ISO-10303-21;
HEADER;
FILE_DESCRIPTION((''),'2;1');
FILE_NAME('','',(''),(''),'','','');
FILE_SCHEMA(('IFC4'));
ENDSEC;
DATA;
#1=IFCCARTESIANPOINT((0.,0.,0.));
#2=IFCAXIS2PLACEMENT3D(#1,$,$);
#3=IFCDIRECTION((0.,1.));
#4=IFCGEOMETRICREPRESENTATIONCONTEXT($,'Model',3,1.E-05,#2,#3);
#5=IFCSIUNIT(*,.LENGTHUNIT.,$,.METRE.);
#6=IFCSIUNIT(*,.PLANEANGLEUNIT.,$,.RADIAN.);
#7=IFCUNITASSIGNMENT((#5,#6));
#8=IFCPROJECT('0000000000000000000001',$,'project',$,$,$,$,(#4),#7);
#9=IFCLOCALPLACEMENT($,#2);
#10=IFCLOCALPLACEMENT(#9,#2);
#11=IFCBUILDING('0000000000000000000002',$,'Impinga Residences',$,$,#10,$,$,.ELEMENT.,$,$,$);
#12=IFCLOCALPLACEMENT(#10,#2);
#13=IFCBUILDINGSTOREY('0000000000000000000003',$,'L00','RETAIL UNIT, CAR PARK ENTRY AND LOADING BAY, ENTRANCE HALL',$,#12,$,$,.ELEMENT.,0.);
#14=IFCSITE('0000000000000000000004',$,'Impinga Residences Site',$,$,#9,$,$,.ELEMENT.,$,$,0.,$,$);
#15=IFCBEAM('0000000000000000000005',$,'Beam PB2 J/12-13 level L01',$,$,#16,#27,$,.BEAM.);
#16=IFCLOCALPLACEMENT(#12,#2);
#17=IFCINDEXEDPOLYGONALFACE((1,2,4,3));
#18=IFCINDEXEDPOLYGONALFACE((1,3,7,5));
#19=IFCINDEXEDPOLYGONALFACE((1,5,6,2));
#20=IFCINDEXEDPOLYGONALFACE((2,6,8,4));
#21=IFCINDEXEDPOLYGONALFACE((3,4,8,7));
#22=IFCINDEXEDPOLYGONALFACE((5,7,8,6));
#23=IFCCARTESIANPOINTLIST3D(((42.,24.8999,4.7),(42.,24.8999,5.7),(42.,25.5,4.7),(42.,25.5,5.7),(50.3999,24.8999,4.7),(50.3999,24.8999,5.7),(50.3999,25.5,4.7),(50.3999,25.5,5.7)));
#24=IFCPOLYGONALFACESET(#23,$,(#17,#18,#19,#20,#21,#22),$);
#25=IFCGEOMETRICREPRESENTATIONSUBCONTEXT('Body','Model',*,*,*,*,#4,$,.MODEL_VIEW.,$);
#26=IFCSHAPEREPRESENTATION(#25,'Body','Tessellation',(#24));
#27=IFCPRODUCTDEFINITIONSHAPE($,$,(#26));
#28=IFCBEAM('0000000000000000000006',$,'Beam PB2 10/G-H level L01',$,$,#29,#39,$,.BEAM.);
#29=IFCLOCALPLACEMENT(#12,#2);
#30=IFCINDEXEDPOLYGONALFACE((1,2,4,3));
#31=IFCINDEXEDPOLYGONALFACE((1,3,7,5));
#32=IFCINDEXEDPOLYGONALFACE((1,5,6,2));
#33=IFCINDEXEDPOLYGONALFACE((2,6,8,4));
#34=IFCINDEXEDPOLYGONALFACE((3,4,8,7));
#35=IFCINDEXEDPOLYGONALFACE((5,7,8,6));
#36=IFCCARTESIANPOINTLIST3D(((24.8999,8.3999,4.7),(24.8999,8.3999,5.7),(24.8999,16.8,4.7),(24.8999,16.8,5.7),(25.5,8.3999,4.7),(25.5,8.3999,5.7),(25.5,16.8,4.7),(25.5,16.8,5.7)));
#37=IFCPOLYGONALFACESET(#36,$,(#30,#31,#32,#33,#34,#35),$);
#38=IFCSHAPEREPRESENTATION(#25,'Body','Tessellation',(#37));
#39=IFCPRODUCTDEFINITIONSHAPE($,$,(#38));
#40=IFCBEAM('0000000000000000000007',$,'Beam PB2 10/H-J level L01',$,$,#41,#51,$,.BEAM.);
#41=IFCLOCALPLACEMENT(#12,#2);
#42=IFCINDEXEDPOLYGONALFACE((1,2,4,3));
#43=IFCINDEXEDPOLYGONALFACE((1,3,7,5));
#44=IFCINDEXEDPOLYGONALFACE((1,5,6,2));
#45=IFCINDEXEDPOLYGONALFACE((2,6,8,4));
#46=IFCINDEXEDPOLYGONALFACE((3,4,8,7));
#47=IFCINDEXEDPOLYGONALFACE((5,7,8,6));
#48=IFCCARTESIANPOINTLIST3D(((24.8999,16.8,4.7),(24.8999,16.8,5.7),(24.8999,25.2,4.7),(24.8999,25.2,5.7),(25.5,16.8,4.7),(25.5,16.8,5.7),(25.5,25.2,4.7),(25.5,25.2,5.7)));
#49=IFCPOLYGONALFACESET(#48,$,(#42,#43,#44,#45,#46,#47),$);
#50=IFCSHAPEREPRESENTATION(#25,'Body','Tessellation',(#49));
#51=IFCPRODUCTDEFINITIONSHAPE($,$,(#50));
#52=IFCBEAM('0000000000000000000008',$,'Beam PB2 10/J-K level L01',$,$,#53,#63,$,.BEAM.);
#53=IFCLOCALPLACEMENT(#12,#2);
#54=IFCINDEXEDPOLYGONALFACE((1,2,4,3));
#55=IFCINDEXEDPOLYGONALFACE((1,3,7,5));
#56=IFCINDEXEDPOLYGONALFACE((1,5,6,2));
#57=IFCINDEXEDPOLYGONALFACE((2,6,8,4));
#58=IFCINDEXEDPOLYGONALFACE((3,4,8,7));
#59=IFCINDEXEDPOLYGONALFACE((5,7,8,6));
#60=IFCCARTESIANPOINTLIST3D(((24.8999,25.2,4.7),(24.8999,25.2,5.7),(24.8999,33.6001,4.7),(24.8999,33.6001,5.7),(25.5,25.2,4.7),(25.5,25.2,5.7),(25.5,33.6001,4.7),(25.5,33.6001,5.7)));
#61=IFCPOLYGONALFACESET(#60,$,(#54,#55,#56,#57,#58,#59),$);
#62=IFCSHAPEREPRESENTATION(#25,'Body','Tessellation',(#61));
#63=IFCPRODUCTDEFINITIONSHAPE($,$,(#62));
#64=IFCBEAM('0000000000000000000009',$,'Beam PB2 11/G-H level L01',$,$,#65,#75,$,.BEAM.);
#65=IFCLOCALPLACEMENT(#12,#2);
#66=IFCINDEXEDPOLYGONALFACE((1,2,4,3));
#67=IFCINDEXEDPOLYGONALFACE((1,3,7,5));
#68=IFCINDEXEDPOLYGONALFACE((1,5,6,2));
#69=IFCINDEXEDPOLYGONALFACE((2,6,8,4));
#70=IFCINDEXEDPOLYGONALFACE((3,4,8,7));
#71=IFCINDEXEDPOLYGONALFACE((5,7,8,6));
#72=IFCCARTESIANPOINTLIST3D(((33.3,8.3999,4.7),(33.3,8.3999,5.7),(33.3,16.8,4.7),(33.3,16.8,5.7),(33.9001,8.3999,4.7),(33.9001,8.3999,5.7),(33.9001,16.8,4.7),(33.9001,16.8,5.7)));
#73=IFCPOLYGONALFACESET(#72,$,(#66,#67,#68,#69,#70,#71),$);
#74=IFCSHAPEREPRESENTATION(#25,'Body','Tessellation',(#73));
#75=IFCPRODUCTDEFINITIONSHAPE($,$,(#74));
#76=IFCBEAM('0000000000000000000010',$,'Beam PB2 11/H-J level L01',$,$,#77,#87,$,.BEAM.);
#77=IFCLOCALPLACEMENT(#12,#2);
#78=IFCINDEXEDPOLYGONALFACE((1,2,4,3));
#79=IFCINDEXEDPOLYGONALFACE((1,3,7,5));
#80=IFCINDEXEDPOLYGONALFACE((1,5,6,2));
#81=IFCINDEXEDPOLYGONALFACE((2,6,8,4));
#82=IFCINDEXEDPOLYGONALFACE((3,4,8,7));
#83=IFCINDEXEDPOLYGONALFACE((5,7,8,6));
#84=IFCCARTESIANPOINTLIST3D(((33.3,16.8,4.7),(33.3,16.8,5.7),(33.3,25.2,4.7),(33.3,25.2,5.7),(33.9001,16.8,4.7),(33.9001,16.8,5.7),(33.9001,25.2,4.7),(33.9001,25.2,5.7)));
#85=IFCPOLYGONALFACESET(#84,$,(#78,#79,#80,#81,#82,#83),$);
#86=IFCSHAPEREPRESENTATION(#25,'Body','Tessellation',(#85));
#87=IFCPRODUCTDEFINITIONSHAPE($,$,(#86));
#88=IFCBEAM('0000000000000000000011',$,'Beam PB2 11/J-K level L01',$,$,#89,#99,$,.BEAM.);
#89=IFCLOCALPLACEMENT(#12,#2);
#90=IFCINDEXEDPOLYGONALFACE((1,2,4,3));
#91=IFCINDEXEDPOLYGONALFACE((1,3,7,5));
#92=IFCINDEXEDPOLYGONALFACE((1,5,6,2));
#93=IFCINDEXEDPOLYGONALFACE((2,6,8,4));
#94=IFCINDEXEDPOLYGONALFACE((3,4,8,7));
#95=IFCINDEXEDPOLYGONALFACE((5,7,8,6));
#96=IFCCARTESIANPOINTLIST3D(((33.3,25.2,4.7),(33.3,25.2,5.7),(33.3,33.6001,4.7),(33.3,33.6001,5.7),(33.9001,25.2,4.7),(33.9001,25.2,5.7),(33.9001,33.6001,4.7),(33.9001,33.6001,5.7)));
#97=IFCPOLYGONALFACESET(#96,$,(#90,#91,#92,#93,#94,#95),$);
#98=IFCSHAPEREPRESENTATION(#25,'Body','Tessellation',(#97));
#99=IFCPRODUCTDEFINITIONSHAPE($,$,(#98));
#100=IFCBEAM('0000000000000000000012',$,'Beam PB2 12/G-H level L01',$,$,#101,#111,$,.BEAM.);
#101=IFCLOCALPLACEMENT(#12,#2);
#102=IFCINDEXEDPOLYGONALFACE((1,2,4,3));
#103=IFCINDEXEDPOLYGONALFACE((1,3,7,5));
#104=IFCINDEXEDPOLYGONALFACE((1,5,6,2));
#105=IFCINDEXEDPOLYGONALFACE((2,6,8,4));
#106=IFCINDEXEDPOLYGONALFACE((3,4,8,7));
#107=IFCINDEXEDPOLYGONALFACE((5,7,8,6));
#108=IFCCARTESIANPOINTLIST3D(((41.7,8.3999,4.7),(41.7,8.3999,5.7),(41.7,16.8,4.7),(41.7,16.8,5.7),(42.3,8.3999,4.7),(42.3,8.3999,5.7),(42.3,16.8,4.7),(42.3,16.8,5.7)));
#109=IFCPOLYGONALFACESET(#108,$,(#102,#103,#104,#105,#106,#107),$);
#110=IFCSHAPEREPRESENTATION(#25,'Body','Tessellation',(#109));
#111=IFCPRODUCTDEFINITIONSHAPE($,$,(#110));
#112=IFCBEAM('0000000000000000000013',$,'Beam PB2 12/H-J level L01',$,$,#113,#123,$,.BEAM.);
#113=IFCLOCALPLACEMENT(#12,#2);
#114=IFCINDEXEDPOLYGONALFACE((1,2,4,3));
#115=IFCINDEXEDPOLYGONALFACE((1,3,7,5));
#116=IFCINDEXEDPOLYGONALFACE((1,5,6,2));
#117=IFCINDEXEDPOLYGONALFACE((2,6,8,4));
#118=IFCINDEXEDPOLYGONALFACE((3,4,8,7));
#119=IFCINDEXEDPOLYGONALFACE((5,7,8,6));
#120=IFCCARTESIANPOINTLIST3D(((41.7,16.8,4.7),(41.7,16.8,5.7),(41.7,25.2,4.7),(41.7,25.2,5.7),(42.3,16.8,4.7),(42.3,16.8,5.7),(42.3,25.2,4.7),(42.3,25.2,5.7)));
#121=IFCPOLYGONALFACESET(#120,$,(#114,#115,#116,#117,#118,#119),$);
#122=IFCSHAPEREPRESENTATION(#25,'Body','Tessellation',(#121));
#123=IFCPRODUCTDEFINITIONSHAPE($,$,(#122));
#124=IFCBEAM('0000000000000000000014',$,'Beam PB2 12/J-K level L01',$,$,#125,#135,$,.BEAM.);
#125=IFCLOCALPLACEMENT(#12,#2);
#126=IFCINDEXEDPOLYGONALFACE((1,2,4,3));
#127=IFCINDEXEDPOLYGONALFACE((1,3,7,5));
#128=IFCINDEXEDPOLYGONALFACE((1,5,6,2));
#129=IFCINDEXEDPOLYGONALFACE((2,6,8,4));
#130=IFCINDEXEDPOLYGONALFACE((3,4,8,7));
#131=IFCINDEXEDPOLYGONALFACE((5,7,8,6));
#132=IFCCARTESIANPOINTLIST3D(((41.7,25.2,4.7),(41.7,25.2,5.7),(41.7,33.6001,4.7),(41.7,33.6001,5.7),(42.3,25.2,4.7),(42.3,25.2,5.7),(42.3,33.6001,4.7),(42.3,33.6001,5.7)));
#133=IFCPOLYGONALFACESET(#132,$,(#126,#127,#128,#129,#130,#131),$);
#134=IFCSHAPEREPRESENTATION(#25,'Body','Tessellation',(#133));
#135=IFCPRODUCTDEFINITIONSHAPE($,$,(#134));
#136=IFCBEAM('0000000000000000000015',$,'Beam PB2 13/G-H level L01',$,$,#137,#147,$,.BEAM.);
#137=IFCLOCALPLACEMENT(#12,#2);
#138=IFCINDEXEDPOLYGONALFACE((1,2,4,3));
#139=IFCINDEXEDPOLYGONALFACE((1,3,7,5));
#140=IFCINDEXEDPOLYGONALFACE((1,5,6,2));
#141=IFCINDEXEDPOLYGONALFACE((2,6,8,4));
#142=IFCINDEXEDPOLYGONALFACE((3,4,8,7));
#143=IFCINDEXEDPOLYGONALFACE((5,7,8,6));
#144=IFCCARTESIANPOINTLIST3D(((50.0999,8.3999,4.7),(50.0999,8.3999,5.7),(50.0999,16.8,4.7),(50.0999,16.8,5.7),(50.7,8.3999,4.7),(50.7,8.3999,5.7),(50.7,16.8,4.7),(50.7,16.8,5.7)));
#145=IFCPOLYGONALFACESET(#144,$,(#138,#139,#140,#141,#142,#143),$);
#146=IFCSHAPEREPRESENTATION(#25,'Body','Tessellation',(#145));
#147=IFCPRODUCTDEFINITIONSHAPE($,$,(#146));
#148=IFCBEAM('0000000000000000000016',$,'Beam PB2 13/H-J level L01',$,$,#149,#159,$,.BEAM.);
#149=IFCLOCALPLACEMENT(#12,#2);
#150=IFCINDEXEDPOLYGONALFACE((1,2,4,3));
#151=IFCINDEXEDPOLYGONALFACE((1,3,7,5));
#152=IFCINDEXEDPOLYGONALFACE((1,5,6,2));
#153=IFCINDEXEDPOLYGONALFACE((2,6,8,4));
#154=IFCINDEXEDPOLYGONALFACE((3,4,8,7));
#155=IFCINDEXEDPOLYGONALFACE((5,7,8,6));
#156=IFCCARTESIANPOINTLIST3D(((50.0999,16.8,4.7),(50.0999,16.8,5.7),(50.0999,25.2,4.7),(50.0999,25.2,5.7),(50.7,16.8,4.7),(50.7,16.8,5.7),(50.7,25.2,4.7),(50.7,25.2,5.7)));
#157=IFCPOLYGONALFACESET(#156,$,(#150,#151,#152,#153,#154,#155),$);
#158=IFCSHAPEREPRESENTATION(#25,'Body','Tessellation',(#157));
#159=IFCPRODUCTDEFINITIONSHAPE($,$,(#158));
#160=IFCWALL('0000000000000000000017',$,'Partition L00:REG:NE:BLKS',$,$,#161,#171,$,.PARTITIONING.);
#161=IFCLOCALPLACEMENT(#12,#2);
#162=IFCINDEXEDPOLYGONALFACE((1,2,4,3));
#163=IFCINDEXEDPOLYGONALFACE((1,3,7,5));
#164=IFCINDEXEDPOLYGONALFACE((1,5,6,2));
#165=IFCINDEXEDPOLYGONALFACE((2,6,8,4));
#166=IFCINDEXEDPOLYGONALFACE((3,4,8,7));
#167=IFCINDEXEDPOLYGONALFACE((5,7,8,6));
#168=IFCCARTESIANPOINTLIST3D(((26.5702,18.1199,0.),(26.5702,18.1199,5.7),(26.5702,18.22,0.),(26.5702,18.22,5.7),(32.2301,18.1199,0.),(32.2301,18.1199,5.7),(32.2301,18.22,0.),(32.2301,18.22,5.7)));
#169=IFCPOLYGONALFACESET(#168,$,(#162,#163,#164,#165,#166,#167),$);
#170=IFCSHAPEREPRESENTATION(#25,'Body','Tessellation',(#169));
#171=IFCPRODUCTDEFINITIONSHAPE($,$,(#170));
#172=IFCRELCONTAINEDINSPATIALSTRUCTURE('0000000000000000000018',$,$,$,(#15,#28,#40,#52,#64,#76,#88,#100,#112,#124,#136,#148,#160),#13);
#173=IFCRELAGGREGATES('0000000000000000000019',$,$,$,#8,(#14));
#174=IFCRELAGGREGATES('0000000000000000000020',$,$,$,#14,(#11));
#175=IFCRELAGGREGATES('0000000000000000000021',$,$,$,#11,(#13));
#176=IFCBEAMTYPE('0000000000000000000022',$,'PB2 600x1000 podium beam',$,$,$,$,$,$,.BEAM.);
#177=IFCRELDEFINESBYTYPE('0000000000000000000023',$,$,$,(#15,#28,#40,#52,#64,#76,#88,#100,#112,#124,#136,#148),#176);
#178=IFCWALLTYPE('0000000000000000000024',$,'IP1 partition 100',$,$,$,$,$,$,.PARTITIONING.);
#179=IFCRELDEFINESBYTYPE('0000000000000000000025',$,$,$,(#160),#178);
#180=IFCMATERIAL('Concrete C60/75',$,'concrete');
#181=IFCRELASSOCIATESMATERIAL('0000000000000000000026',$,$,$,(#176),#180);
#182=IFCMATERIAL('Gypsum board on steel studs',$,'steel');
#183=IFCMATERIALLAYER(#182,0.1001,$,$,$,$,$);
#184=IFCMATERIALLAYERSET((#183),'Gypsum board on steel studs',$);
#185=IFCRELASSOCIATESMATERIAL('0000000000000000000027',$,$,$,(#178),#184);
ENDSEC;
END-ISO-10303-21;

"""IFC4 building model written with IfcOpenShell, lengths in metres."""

from ifc_helpers import new_model, si_unit, direction, frame, frame_2d, origin, origin_2d, place, context, subcontext, project, spatial, rectangle, extrude, material, layer, layer_set, material_profile, profile_set, type_object, element, save


model = new_model("IFC4")

# Units and contexts
model_context = context("Model", 3, precision=1e-05, world=origin(), true_north=direction((0.0, 1.0)))
body_context = subcontext(model_context, "Body", "Model", "MODEL_VIEW")
ifc_project = project(units=[si_unit("LENGTHUNIT", "METRE"), si_unit("PLANEANGLEUNIT", "RADIAN")], contexts=[model_context])

# Site, building, storey
site_placement = place(None, origin())
site = spatial("IfcSite", under=ifc_project, at=site_placement, Name="Impinga Residences Site", CompositionType="ELEMENT", RefElevation=0.0)
building_placement = place(site_placement, origin())
building = spatial("IfcBuilding", under=site, at=building_placement, Name="Impinga Residences", CompositionType="ELEMENT")
storey_placement = place(building_placement, origin())
storey = spatial("IfcBuildingStorey", under=building, at=storey_placement, Name="L00", Description="RETAIL UNIT, CAR PARK ENTRY AND LOADING BAY, ENTRANCE HALL", CompositionType="ELEMENT", Elevation=0.0)

# Beams
ifc_material_1 = material(Name="Concrete C60/75", Category="concrete")
ifc_material_profile_1 = material_profile(ifc_material_1, rectangle(XDim=0.6001, YDim=1.0, at=origin_2d()), Name="RC 600x1000")
ifc_profile_set_1 = profile_set([ifc_material_profile_1], Name="Concrete C60/75")
beam_type = type_object("IfcBeamType", Name="PB2 600x1000 podium beam", PredefinedType="BEAM", material=ifc_profile_set_1)
for number, where, z_axis, x_axis, name in (
    (1, (42.0, 25.2, 5.2), (1.0, 0.0, 0.0), (0.0, 1.0, 0.0), "Beam PB2 J/12-13 level L01"),
):
    element("IfcBeam", number, at=place(storey_placement, frame(where, z_axis=z_axis, x_axis=x_axis)), inside=storey, type_object=beam_type, Name=name, PredefinedType="BEAM", context=body_context, shape_type="SweptSolid", body=[
        extrude(rectangle(XDim=0.6001, YDim=1.0, at=origin_2d()), origin(), (0.0, 0.0, 1.0), 8.3999),
    ])
beam_1_placement = place(storey_placement, frame((25.2, 8.3999, 5.2), z_axis=(0.0, 1.0, 0.0), x_axis=(-1.0, 0.0, 0.0)))
element("IfcBeam", 2, at=beam_1_placement, inside=storey, type_object=beam_type, Name="Beam PB2 10/G-H level L01", PredefinedType="BEAM", context=body_context, shape_type="SweptSolid", body=[
    extrude(rectangle(XDim=0.6001, YDim=1.0, at=origin_2d()), origin(), (0.0, 0.0, 1.0), 8.4001),
])
beam_2_placement = place(storey_placement, frame((25.2, 16.8, 5.2), z_axis=(0.0, 1.0, 0.0), x_axis=(-1.0, 0.0, 0.0)))
element("IfcBeam", 3, at=beam_2_placement, inside=storey, type_object=beam_type, Name="Beam PB2 10/H-J level L01", PredefinedType="BEAM", context=body_context, shape_type="SweptSolid", body=[
    extrude(rectangle(XDim=0.6001, YDim=1.0, at=origin_2d()), origin(), (0.0, 0.0, 1.0), 8.3999),
])
for number, where, z_axis, x_axis, name in (
    (4, (25.2, 25.2, 5.2), (0.0, 1.0, 0.0), (-1.0, 0.0, 0.0), "Beam PB2 10/J-K level L01"),
    (5, (33.6001, 8.3999, 5.2), (0.0, 1.0, 0.0), (-1.0, 0.0, 0.0), "Beam PB2 11/G-H level L01"),
):
    element("IfcBeam", number, at=place(storey_placement, frame(where, z_axis=z_axis, x_axis=x_axis)), inside=storey, type_object=beam_type, Name=name, PredefinedType="BEAM", context=body_context, shape_type="SweptSolid", body=[
        extrude(rectangle(XDim=0.6001, YDim=1.0, at=origin_2d()), origin(), (0.0, 0.0, 1.0), 8.4001),
    ])
beam_3_placement = place(storey_placement, frame((33.6001, 16.8, 5.2), z_axis=(0.0, 1.0, 0.0), x_axis=(-1.0, 0.0, 0.0)))
element("IfcBeam", 6, at=beam_3_placement, inside=storey, type_object=beam_type, Name="Beam PB2 11/H-J level L01", PredefinedType="BEAM", context=body_context, shape_type="SweptSolid", body=[
    extrude(rectangle(XDim=0.6001, YDim=1.0, at=origin_2d()), origin(), (0.0, 0.0, 1.0), 8.3999),
])
for number, where, z_axis, x_axis, name in (
    (7, (33.6001, 25.2, 5.2), (0.0, 1.0, 0.0), (-1.0, 0.0, 0.0), "Beam PB2 11/J-K level L01"),
    (8, (42.0, 8.3999, 5.2), (0.0, 1.0, 0.0), (-1.0, 0.0, 0.0), "Beam PB2 12/G-H level L01"),
):
    element("IfcBeam", number, at=place(storey_placement, frame(where, z_axis=z_axis, x_axis=x_axis)), inside=storey, type_object=beam_type, Name=name, PredefinedType="BEAM", context=body_context, shape_type="SweptSolid", body=[
        extrude(rectangle(XDim=0.6001, YDim=1.0, at=origin_2d()), origin(), (0.0, 0.0, 1.0), 8.4001),
    ])
beam_4_placement = place(storey_placement, frame((42.0, 16.8, 5.2), z_axis=(0.0, 1.0, 0.0), x_axis=(-1.0, 0.0, 0.0)))
element("IfcBeam", 9, at=beam_4_placement, inside=storey, type_object=beam_type, Name="Beam PB2 12/H-J level L01", PredefinedType="BEAM", context=body_context, shape_type="SweptSolid", body=[
    extrude(rectangle(XDim=0.6001, YDim=1.0, at=origin_2d()), origin(), (0.0, 0.0, 1.0), 8.3999),
])
for number, where, z_axis, x_axis, name in (
    (10, (42.0, 25.2, 5.2), (0.0, 1.0, 0.0), (-1.0, 0.0, 0.0), "Beam PB2 12/J-K level L01"),
    (11, (50.3999, 8.3999, 5.2), (0.0, 1.0, 0.0), (-1.0, 0.0, 0.0), "Beam PB2 13/G-H level L01"),
):
    element("IfcBeam", number, at=place(storey_placement, frame(where, z_axis=z_axis, x_axis=x_axis)), inside=storey, type_object=beam_type, Name=name, PredefinedType="BEAM", context=body_context, shape_type="SweptSolid", body=[
        extrude(rectangle(XDim=0.6001, YDim=1.0, at=origin_2d()), origin(), (0.0, 0.0, 1.0), 8.4001),
    ])
beam_5_placement = place(storey_placement, frame((50.3999, 16.8, 5.2), z_axis=(0.0, 1.0, 0.0), x_axis=(-1.0, 0.0, 0.0)))
element("IfcBeam", 12, at=beam_5_placement, inside=storey, type_object=beam_type, Name="Beam PB2 13/H-J level L01", PredefinedType="BEAM", context=body_context, shape_type="SweptSolid", body=[
    extrude(rectangle(XDim=0.6001, YDim=1.0, at=origin_2d()), origin(), (0.0, 0.0, 1.0), 8.3999),
])

# Wall
ifc_material_2 = material(Name="Gypsum board on steel studs", Category="steel")
ifc_layer = layer(ifc_material_2, 0.1001)
ifc_layer_set = layer_set([ifc_layer], Name="Gypsum board on steel studs")
wall_type = type_object("IfcWallType", Name="IP1 partition 100", PredefinedType="PARTITIONING", material=ifc_layer_set)
wall_1_placement = place(storey_placement, frame((26.5701, 18.1699, 0.0), z_axis=(0.0, 0.0, 1.0), x_axis=(1.0, 0.0, 0.0)))
element("IfcWall", 13, at=wall_1_placement, inside=storey, type_object=wall_type, Name="Partition L00:REG:NE:BLKS", PredefinedType="PARTITIONING", context=body_context, shape_type="SweptSolid", body=[
    extrude(rectangle(XDim=5.6599, YDim=0.1001, at=frame_2d((2.8301, 0.0))), origin(), (0.0, 0.0, 1.0), 5.7),
])

save(model, "model.ifc")
